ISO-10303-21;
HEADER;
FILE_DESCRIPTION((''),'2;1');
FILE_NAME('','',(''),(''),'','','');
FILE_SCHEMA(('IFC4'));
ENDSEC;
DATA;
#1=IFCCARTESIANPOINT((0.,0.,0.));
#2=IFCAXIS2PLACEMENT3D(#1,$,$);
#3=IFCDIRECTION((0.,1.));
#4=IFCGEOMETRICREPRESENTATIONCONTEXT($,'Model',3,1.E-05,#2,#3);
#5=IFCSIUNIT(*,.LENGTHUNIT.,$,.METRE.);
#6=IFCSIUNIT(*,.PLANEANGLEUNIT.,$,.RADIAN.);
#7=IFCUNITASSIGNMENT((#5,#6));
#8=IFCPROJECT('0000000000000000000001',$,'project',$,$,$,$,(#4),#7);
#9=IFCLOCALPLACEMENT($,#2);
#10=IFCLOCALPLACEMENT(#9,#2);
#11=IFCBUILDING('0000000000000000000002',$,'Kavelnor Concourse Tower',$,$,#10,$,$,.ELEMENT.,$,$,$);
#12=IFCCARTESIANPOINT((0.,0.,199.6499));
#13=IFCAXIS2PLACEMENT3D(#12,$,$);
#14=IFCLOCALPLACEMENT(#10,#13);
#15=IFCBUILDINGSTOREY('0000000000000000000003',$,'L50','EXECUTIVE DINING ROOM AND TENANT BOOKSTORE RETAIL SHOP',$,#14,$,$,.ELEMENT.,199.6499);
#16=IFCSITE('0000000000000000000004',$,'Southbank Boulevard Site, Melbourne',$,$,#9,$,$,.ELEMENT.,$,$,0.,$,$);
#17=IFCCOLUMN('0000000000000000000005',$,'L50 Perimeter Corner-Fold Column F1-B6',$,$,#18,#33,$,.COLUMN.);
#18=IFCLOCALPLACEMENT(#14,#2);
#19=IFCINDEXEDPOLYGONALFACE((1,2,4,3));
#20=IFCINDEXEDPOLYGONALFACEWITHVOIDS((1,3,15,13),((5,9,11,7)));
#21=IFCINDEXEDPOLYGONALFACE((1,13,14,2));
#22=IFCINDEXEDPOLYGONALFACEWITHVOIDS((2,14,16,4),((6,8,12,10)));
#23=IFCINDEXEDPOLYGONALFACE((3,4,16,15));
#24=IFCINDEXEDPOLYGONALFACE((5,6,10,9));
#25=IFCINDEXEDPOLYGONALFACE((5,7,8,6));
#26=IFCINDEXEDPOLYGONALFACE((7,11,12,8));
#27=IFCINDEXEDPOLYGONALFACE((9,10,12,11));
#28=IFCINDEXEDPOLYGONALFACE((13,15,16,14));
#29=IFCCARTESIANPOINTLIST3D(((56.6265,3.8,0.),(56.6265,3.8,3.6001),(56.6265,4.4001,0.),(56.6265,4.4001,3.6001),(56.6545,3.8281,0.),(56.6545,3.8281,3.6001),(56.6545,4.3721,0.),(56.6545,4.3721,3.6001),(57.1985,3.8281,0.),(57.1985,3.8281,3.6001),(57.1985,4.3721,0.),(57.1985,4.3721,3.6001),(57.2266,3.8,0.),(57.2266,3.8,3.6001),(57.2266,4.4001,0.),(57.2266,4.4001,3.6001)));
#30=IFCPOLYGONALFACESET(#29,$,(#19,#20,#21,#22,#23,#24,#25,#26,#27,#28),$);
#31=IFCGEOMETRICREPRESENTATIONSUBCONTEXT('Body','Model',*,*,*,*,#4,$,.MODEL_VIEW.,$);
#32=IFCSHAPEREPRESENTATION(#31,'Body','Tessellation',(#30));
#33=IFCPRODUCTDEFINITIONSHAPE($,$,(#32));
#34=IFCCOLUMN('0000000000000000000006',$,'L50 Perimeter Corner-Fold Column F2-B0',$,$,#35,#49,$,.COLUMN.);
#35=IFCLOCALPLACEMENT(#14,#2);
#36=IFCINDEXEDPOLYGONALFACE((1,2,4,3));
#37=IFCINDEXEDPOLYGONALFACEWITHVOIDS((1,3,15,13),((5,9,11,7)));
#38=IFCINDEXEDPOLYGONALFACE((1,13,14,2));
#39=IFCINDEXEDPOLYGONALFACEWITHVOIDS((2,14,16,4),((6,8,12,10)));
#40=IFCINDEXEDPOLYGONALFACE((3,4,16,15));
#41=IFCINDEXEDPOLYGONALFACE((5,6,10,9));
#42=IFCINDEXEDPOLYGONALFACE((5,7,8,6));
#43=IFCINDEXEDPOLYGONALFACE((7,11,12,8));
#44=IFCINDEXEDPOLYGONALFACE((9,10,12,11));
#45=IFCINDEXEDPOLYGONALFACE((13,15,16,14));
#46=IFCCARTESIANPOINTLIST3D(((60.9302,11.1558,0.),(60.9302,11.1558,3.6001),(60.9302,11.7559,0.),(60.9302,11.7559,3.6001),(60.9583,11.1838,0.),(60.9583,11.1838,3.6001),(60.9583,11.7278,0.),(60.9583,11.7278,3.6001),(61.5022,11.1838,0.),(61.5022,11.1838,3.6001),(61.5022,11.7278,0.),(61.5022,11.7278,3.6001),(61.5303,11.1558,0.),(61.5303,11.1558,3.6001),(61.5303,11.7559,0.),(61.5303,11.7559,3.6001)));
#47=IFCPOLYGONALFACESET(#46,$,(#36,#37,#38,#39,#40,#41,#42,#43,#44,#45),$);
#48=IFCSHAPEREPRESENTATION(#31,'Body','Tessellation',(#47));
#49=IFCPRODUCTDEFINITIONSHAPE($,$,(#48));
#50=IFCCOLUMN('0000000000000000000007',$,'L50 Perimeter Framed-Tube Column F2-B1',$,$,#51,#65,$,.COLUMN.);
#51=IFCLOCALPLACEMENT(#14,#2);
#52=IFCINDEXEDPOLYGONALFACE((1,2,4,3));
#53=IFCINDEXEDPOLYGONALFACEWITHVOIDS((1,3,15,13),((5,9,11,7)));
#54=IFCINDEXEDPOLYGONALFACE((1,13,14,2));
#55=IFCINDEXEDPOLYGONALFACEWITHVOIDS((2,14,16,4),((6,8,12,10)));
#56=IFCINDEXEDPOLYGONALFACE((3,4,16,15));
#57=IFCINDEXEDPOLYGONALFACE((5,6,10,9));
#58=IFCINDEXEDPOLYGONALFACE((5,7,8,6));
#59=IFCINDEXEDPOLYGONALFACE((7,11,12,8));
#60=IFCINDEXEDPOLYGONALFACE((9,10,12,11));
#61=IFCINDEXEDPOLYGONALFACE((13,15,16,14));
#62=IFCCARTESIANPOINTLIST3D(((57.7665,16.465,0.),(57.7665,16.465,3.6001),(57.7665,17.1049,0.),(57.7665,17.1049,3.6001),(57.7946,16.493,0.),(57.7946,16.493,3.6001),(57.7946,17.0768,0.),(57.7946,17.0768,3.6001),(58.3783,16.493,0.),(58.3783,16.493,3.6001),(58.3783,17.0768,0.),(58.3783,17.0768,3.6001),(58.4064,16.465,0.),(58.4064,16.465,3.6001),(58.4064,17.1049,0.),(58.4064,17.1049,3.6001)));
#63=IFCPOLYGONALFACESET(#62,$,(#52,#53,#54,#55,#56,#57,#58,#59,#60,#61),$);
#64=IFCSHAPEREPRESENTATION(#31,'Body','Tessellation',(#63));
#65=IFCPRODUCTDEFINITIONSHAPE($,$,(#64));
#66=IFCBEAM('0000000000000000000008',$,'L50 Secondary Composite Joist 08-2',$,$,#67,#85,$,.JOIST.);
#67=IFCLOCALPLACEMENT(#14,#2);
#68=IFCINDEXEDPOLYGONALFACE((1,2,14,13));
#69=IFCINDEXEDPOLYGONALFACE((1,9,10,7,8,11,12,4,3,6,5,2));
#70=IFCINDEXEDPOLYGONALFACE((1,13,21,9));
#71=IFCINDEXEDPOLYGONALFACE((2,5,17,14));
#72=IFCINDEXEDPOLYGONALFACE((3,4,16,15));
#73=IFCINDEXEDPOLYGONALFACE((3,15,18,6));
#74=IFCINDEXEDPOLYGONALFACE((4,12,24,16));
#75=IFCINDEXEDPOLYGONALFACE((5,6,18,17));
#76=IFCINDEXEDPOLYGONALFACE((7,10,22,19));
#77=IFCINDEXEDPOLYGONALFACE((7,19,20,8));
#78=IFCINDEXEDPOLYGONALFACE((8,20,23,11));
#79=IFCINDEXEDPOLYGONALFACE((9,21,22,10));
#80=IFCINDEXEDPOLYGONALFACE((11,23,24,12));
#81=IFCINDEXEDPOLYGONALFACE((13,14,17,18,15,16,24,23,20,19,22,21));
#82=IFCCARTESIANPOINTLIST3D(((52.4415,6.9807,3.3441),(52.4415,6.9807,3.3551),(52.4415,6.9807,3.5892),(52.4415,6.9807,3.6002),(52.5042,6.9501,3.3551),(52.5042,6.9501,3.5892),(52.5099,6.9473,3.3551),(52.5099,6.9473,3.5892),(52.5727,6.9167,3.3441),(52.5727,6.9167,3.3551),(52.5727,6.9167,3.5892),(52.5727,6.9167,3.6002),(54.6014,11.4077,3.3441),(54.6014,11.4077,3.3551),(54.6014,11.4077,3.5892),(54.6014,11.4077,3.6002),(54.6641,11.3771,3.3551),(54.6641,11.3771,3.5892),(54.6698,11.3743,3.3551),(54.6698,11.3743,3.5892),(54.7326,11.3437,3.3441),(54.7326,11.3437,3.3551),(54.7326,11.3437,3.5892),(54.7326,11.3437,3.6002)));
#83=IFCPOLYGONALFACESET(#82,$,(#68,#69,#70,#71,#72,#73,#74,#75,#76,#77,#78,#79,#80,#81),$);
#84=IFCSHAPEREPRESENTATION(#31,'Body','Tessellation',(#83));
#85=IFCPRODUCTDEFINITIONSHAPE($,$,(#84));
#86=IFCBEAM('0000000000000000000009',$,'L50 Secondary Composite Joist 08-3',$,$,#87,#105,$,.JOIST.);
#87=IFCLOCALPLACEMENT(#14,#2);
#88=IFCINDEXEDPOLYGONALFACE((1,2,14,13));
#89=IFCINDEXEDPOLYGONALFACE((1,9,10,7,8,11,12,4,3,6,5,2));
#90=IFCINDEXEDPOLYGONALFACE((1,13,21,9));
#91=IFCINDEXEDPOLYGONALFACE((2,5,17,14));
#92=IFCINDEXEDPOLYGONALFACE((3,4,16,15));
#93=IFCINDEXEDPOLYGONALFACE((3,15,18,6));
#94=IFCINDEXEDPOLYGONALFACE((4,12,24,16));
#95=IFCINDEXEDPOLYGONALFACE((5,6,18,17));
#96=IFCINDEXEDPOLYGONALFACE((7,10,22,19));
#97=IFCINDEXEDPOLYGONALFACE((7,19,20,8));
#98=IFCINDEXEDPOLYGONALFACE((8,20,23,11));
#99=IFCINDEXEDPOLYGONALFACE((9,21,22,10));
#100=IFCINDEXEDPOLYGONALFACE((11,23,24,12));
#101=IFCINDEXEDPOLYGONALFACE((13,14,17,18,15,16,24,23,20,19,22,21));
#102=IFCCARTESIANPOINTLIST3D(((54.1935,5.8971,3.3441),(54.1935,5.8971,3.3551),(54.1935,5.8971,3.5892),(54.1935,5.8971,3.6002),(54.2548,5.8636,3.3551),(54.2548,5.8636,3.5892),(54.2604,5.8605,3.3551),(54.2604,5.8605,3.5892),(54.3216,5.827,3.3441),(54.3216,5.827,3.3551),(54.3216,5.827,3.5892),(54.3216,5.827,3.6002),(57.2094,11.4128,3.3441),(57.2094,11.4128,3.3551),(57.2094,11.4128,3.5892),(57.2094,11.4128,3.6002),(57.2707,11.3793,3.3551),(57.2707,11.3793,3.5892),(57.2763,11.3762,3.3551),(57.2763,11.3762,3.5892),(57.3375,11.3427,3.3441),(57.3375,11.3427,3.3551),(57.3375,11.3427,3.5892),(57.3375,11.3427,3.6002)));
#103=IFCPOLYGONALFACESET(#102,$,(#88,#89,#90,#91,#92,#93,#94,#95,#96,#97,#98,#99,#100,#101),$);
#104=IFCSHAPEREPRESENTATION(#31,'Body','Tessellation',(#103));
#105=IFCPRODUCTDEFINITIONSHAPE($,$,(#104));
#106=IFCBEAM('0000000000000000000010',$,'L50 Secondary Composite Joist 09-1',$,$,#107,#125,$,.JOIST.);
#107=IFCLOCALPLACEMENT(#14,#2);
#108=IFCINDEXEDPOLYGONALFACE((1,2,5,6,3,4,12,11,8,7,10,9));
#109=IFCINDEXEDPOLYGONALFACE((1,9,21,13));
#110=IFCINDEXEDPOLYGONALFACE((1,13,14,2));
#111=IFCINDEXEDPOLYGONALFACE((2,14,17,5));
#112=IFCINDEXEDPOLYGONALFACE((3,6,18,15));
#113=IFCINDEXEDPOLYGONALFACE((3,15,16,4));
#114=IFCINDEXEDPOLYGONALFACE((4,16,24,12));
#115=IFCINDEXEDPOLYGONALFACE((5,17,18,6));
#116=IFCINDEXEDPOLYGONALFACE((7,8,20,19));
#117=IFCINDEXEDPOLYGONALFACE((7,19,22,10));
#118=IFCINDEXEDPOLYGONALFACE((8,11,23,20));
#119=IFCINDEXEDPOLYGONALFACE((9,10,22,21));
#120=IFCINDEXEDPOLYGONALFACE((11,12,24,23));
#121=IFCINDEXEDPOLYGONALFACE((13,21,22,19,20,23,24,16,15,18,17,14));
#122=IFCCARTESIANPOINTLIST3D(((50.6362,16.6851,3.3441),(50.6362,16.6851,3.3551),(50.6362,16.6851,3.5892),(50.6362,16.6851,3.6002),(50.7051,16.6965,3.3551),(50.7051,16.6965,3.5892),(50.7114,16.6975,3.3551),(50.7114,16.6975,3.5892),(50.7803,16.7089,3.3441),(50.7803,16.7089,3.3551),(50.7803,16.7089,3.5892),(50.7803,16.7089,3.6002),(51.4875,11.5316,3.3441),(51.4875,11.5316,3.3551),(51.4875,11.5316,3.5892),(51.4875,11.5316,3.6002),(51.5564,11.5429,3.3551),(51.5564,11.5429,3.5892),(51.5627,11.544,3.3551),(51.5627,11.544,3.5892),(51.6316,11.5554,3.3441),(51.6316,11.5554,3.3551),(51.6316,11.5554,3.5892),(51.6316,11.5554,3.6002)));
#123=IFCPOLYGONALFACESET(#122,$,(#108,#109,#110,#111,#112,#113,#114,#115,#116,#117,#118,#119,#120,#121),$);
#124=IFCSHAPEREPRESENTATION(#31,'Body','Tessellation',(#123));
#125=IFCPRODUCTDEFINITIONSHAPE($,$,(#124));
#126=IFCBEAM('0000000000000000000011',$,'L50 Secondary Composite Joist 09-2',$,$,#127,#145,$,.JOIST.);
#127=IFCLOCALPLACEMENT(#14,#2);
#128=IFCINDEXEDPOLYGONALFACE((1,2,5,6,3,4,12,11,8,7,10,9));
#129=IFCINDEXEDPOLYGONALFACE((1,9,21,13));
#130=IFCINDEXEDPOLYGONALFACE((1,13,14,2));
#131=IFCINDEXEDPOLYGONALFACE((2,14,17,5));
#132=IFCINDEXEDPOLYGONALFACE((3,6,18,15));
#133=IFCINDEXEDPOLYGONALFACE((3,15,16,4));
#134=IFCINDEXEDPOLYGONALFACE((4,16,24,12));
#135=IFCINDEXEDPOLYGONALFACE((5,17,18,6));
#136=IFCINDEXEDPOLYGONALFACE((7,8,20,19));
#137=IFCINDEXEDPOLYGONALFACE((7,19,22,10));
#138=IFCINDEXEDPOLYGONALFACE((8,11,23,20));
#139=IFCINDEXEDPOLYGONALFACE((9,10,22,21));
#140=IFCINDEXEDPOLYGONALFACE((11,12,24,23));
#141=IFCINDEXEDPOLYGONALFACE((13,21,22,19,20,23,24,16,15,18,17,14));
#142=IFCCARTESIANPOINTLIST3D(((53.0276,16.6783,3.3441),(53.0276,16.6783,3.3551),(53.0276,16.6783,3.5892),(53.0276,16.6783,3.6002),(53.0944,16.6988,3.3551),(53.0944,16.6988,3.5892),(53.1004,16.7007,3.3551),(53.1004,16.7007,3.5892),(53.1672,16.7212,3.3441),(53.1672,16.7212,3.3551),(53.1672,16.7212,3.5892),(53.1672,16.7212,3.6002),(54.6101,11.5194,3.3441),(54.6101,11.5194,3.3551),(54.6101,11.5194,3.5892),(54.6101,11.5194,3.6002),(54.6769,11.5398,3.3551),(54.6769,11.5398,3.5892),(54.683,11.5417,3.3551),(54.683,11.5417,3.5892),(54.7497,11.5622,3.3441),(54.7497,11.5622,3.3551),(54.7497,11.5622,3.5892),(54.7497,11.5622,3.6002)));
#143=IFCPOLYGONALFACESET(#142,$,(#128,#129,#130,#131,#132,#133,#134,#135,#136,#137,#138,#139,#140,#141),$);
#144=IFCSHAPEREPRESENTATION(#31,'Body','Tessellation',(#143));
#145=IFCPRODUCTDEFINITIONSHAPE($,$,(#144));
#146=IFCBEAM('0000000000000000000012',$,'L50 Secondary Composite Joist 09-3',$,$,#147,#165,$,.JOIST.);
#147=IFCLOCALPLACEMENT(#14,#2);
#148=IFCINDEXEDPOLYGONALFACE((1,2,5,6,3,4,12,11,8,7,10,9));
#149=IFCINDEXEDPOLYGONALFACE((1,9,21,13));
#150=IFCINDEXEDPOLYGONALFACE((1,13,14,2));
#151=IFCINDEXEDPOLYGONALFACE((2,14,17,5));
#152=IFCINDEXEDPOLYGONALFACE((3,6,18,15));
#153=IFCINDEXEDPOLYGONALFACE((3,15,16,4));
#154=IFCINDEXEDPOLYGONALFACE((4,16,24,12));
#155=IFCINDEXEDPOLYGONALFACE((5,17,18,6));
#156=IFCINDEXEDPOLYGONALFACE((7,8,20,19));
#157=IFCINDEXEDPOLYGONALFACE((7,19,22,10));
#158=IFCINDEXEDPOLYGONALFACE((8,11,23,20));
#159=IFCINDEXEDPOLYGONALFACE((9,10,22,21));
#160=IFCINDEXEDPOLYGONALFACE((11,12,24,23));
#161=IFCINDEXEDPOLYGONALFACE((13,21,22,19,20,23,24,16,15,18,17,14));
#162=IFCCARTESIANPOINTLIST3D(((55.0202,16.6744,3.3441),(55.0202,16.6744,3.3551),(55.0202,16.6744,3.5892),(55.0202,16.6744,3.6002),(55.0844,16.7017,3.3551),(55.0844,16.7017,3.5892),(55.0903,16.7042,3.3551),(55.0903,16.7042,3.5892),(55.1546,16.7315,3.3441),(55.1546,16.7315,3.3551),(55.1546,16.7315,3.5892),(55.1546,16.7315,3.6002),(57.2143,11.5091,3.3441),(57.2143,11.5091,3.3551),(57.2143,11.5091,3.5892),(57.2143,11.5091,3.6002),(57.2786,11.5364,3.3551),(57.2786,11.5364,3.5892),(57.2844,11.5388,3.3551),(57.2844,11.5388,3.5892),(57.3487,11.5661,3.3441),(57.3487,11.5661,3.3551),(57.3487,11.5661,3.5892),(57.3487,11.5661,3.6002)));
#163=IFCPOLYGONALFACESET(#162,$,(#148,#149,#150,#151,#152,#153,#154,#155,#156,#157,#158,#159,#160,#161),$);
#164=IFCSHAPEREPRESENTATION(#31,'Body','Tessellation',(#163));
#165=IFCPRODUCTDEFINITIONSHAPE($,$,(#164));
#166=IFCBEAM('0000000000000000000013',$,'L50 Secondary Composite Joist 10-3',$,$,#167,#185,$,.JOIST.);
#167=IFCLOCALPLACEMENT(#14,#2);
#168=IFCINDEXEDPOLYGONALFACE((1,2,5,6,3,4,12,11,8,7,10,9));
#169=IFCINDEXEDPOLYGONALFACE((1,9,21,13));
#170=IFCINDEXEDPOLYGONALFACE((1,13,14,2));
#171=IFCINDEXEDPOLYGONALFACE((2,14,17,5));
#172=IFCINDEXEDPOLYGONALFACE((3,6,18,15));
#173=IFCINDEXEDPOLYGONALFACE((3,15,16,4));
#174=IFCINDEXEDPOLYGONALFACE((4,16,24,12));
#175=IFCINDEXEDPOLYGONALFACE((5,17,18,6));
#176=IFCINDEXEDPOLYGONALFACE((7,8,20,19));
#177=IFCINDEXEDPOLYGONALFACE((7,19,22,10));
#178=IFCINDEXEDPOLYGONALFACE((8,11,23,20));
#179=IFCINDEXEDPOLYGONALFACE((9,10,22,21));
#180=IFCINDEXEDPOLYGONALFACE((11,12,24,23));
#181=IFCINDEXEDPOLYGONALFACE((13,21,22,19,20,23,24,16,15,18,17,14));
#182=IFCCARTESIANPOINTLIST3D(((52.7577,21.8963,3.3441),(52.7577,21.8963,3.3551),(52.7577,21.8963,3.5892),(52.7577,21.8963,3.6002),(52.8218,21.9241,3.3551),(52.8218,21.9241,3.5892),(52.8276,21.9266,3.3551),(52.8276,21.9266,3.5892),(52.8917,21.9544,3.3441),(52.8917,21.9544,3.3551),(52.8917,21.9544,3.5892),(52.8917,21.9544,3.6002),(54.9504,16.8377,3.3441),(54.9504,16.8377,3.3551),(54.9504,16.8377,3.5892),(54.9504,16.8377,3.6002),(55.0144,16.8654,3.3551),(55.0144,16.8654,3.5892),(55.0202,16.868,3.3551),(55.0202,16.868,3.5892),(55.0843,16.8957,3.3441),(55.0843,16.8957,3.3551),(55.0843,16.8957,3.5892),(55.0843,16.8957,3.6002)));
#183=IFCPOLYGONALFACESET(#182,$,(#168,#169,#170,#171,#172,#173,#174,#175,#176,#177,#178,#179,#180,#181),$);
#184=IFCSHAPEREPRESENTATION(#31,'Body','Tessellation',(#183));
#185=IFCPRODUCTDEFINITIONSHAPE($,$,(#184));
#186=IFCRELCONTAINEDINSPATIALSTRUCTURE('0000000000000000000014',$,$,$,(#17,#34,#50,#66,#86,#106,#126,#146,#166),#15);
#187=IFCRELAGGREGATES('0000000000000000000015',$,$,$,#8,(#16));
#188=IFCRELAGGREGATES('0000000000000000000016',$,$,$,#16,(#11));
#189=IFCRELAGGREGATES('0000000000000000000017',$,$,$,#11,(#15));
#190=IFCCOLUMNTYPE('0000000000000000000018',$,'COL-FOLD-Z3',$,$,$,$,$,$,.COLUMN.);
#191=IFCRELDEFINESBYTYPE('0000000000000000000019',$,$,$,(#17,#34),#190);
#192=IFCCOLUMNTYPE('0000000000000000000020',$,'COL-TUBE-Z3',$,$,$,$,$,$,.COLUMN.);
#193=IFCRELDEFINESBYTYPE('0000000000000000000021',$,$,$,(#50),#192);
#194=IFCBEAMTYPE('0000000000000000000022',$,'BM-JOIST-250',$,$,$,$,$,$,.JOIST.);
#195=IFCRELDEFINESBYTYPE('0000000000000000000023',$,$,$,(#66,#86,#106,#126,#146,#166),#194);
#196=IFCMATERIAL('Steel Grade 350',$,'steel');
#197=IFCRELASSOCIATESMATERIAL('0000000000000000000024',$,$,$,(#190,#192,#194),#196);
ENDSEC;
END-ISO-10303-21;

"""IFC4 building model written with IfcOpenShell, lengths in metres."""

from ifc_helpers import new_model, si_unit, direction, frame, origin, origin_2d, place, context, subcontext, project, spatial, hollow_rectangle, i_section, extrude, material, material_profile, profile_set, type_object, element, save


model = new_model("IFC4")

# Units and contexts
model_context = context("Model", 3, precision=1e-05, world=origin(), true_north=direction((0.0, 1.0)))
body_context = subcontext(model_context, "Body", "Model", "MODEL_VIEW")
ifc_project = project(units=[si_unit("LENGTHUNIT", "METRE"), si_unit("PLANEANGLEUNIT", "RADIAN")], contexts=[model_context])

# Site, building, storey
site_placement = place(None, origin())
site = spatial("IfcSite", under=ifc_project, at=site_placement, Name="Southbank Boulevard Site, Melbourne", CompositionType="ELEMENT", RefElevation=0.0)
building_placement = place(site_placement, origin())
building = spatial("IfcBuilding", under=site, at=building_placement, Name="Kavelnor Concourse Tower", CompositionType="ELEMENT")
storey_placement = place(building_placement, frame((0.0, 0.0, 199.6499)))
storey = spatial("IfcBuildingStorey", under=building, at=storey_placement, Name="L50", Description="EXECUTIVE DINING ROOM AND TENANT BOOKSTORE RETAIL SHOP", CompositionType="ELEMENT", Elevation=199.6499)

# Columns
ifc_material_1 = material(Name="Steel Grade 350", Category="steel")
ifc_material_profile_1 = material_profile(ifc_material_1, hollow_rectangle(XDim=0.6001, YDim=0.6001, WallThickness=0.0281, at=origin_2d()), Name="SHS 600x600x28")
ifc_profile_set_1 = profile_set([ifc_material_profile_1], Name="Steel Grade 350")
column_type_1 = type_object("IfcColumnType", Name="COL-FOLD-Z3", PredefinedType="COLUMN", material=ifc_profile_set_1)
for number, where, z_axis, x_axis, name in (
    (1, (56.9265, 4.1001, 0.0), (0.0, 0.0, 1.0), (1.0, 0.0, 0.0), "L50 Perimeter Corner-Fold Column F1-B6"),
    (2, (61.2302, 11.4558, 0.0), (0.0, 0.0, 1.0), (1.0, 0.0, 0.0), "L50 Perimeter Corner-Fold Column F2-B0"),
):
    element("IfcColumn", number, at=place(storey_placement, frame(where, z_axis=z_axis, x_axis=x_axis)), inside=storey, type_object=column_type_1, Name=name, PredefinedType="COLUMN", context=body_context, shape_type="SweptSolid", body=[
        extrude(hollow_rectangle(XDim=0.6001, YDim=0.6001, WallThickness=0.0281, at=origin_2d()), origin(), (0.0, 0.0, 1.0), 3.6001),
    ])
ifc_material_profile_2 = material_profile(ifc_material_1, hollow_rectangle(XDim=0.6399, YDim=0.6399, WallThickness=0.0281, at=origin_2d()), Name="SHS 640x640x28")
ifc_profile_set_2 = profile_set([ifc_material_profile_2], Name="Steel Grade 350")
column_type_2 = type_object("IfcColumnType", Name="COL-TUBE-Z3", PredefinedType="COLUMN", material=ifc_profile_set_2)
column_placement = place(storey_placement, frame((58.0864, 16.7849, 0.0), z_axis=(0.0, 0.0, 1.0), x_axis=(1.0, 0.0, 0.0)))
element("IfcColumn", 3, at=column_placement, inside=storey, type_object=column_type_2, Name="L50 Perimeter Framed-Tube Column F2-B1", PredefinedType="COLUMN", context=body_context, shape_type="SweptSolid", body=[
    extrude(hollow_rectangle(XDim=0.6399, YDim=0.6399, WallThickness=0.0281, at=origin_2d()), origin(), (0.0, 0.0, 1.0), 3.6001),
])

# Beams
ifc_material_profile_3 = material_profile(ifc_material_1, i_section(OverallWidth=0.146, OverallDepth=0.2561, WebThickness=0.0063, FlangeThickness=0.011, at=origin_2d()), Name="250UB37")
ifc_profile_set_3 = profile_set([ifc_material_profile_3], Name="Steel Grade 350")
beam_type_1 = type_object("IfcBeamType", Name="BM-JOIST-250", PredefinedType="JOIST", material=ifc_profile_set_3)
beam_1_placement = place(storey_placement, frame((52.5071, 6.9487, 3.4722), z_axis=(0.438489, 0.898737, 0.0), x_axis=(-0.898737, 0.438489, 0.0)))
element("IfcBeam", 4, at=beam_1_placement, inside=storey, type_object=beam_type_1, Name="L50 Secondary Composite Joist 08-2", PredefinedType="JOIST", context=body_context, shape_type="SweptSolid", body=[
    extrude(i_section(OverallWidth=0.146, OverallDepth=0.2561, WebThickness=0.0063, FlangeThickness=0.011, at=origin_2d()), origin(), (0.0, 0.0, 1.0), 4.9258),
])
beam_2_placement = place(storey_placement, frame((54.2576, 5.8621, 3.4722), z_axis=(0.479753, 0.877404, 0.0), x_axis=(-0.877404, 0.479753, 0.0)))
element("IfcBeam", 5, at=beam_2_placement, inside=storey, type_object=beam_type_1, Name="L50 Secondary Composite Joist 08-3", PredefinedType="JOIST", context=body_context, shape_type="SweptSolid", body=[
    extrude(i_section(OverallWidth=0.146, OverallDepth=0.2561, WebThickness=0.0063, FlangeThickness=0.011, at=origin_2d()), origin(), (0.0, 0.0, 1.0), 6.2864),
])
beam_3_placement = place(storey_placement, frame((51.5596, 11.5435, 3.4722), z_axis=(-0.162981, 0.986629, 0.0), x_axis=(-0.986629, -0.162981, 0.0)))
element("IfcBeam", 6, at=beam_3_placement, inside=storey, type_object=beam_type_1, Name="L50 Secondary Composite Joist 09-1", PredefinedType="JOIST", context=body_context, shape_type="SweptSolid", body=[
    extrude(i_section(OverallWidth=0.146, OverallDepth=0.2561, WebThickness=0.0063, FlangeThickness=0.011, at=origin_2d()), origin(), (0.0, 0.0, 1.0), 5.2234),
])
beam_4_placement = place(storey_placement, frame((54.6799, 11.5408, 3.4722), z_axis=(-0.293265, 0.956031, 0.0), x_axis=(-0.956031, -0.293265, 0.0)))
element("IfcBeam", 7, at=beam_4_placement, inside=storey, type_object=beam_type_1, Name="L50 Secondary Composite Joist 09-2", PredefinedType="JOIST", context=body_context, shape_type="SweptSolid", body=[
    extrude(i_section(OverallWidth=0.146, OverallDepth=0.2561, WebThickness=0.0063, FlangeThickness=0.011, at=origin_2d()), origin(), (0.0, 0.0, 1.0), 5.3962),
])
beam_5_placement = place(storey_placement, frame((57.2815, 11.5376, 3.4722), z_axis=(-0.390967, 0.920405, 0.0), x_axis=(-0.920405, -0.390967, 0.0)))
element("IfcBeam", 8, at=beam_5_placement, inside=storey, type_object=beam_type_1, Name="L50 Secondary Composite Joist 09-3", PredefinedType="JOIST", context=body_context, shape_type="SweptSolid", body=[
    extrude(i_section(OverallWidth=0.146, OverallDepth=0.2561, WebThickness=0.0063, FlangeThickness=0.011, at=origin_2d()), origin(), (0.0, 0.0, 1.0), 5.6121),
])
beam_6_placement = place(storey_placement, frame((55.0173, 16.8667, 3.4722), z_axis=(-0.397694, 0.917518, 0.0), x_axis=(-0.917518, -0.397694, 0.0)))
element("IfcBeam", 9, at=beam_6_placement, inside=storey, type_object=beam_type_1, Name="L50 Secondary Composite Joist 10-3", PredefinedType="JOIST", context=body_context, shape_type="SweptSolid", body=[
    extrude(i_section(OverallWidth=0.146, OverallDepth=0.2561, WebThickness=0.0063, FlangeThickness=0.011, at=origin_2d()), origin(), (0.0, 0.0, 1.0), 5.5134),
])

save(model, "model.ifc")
